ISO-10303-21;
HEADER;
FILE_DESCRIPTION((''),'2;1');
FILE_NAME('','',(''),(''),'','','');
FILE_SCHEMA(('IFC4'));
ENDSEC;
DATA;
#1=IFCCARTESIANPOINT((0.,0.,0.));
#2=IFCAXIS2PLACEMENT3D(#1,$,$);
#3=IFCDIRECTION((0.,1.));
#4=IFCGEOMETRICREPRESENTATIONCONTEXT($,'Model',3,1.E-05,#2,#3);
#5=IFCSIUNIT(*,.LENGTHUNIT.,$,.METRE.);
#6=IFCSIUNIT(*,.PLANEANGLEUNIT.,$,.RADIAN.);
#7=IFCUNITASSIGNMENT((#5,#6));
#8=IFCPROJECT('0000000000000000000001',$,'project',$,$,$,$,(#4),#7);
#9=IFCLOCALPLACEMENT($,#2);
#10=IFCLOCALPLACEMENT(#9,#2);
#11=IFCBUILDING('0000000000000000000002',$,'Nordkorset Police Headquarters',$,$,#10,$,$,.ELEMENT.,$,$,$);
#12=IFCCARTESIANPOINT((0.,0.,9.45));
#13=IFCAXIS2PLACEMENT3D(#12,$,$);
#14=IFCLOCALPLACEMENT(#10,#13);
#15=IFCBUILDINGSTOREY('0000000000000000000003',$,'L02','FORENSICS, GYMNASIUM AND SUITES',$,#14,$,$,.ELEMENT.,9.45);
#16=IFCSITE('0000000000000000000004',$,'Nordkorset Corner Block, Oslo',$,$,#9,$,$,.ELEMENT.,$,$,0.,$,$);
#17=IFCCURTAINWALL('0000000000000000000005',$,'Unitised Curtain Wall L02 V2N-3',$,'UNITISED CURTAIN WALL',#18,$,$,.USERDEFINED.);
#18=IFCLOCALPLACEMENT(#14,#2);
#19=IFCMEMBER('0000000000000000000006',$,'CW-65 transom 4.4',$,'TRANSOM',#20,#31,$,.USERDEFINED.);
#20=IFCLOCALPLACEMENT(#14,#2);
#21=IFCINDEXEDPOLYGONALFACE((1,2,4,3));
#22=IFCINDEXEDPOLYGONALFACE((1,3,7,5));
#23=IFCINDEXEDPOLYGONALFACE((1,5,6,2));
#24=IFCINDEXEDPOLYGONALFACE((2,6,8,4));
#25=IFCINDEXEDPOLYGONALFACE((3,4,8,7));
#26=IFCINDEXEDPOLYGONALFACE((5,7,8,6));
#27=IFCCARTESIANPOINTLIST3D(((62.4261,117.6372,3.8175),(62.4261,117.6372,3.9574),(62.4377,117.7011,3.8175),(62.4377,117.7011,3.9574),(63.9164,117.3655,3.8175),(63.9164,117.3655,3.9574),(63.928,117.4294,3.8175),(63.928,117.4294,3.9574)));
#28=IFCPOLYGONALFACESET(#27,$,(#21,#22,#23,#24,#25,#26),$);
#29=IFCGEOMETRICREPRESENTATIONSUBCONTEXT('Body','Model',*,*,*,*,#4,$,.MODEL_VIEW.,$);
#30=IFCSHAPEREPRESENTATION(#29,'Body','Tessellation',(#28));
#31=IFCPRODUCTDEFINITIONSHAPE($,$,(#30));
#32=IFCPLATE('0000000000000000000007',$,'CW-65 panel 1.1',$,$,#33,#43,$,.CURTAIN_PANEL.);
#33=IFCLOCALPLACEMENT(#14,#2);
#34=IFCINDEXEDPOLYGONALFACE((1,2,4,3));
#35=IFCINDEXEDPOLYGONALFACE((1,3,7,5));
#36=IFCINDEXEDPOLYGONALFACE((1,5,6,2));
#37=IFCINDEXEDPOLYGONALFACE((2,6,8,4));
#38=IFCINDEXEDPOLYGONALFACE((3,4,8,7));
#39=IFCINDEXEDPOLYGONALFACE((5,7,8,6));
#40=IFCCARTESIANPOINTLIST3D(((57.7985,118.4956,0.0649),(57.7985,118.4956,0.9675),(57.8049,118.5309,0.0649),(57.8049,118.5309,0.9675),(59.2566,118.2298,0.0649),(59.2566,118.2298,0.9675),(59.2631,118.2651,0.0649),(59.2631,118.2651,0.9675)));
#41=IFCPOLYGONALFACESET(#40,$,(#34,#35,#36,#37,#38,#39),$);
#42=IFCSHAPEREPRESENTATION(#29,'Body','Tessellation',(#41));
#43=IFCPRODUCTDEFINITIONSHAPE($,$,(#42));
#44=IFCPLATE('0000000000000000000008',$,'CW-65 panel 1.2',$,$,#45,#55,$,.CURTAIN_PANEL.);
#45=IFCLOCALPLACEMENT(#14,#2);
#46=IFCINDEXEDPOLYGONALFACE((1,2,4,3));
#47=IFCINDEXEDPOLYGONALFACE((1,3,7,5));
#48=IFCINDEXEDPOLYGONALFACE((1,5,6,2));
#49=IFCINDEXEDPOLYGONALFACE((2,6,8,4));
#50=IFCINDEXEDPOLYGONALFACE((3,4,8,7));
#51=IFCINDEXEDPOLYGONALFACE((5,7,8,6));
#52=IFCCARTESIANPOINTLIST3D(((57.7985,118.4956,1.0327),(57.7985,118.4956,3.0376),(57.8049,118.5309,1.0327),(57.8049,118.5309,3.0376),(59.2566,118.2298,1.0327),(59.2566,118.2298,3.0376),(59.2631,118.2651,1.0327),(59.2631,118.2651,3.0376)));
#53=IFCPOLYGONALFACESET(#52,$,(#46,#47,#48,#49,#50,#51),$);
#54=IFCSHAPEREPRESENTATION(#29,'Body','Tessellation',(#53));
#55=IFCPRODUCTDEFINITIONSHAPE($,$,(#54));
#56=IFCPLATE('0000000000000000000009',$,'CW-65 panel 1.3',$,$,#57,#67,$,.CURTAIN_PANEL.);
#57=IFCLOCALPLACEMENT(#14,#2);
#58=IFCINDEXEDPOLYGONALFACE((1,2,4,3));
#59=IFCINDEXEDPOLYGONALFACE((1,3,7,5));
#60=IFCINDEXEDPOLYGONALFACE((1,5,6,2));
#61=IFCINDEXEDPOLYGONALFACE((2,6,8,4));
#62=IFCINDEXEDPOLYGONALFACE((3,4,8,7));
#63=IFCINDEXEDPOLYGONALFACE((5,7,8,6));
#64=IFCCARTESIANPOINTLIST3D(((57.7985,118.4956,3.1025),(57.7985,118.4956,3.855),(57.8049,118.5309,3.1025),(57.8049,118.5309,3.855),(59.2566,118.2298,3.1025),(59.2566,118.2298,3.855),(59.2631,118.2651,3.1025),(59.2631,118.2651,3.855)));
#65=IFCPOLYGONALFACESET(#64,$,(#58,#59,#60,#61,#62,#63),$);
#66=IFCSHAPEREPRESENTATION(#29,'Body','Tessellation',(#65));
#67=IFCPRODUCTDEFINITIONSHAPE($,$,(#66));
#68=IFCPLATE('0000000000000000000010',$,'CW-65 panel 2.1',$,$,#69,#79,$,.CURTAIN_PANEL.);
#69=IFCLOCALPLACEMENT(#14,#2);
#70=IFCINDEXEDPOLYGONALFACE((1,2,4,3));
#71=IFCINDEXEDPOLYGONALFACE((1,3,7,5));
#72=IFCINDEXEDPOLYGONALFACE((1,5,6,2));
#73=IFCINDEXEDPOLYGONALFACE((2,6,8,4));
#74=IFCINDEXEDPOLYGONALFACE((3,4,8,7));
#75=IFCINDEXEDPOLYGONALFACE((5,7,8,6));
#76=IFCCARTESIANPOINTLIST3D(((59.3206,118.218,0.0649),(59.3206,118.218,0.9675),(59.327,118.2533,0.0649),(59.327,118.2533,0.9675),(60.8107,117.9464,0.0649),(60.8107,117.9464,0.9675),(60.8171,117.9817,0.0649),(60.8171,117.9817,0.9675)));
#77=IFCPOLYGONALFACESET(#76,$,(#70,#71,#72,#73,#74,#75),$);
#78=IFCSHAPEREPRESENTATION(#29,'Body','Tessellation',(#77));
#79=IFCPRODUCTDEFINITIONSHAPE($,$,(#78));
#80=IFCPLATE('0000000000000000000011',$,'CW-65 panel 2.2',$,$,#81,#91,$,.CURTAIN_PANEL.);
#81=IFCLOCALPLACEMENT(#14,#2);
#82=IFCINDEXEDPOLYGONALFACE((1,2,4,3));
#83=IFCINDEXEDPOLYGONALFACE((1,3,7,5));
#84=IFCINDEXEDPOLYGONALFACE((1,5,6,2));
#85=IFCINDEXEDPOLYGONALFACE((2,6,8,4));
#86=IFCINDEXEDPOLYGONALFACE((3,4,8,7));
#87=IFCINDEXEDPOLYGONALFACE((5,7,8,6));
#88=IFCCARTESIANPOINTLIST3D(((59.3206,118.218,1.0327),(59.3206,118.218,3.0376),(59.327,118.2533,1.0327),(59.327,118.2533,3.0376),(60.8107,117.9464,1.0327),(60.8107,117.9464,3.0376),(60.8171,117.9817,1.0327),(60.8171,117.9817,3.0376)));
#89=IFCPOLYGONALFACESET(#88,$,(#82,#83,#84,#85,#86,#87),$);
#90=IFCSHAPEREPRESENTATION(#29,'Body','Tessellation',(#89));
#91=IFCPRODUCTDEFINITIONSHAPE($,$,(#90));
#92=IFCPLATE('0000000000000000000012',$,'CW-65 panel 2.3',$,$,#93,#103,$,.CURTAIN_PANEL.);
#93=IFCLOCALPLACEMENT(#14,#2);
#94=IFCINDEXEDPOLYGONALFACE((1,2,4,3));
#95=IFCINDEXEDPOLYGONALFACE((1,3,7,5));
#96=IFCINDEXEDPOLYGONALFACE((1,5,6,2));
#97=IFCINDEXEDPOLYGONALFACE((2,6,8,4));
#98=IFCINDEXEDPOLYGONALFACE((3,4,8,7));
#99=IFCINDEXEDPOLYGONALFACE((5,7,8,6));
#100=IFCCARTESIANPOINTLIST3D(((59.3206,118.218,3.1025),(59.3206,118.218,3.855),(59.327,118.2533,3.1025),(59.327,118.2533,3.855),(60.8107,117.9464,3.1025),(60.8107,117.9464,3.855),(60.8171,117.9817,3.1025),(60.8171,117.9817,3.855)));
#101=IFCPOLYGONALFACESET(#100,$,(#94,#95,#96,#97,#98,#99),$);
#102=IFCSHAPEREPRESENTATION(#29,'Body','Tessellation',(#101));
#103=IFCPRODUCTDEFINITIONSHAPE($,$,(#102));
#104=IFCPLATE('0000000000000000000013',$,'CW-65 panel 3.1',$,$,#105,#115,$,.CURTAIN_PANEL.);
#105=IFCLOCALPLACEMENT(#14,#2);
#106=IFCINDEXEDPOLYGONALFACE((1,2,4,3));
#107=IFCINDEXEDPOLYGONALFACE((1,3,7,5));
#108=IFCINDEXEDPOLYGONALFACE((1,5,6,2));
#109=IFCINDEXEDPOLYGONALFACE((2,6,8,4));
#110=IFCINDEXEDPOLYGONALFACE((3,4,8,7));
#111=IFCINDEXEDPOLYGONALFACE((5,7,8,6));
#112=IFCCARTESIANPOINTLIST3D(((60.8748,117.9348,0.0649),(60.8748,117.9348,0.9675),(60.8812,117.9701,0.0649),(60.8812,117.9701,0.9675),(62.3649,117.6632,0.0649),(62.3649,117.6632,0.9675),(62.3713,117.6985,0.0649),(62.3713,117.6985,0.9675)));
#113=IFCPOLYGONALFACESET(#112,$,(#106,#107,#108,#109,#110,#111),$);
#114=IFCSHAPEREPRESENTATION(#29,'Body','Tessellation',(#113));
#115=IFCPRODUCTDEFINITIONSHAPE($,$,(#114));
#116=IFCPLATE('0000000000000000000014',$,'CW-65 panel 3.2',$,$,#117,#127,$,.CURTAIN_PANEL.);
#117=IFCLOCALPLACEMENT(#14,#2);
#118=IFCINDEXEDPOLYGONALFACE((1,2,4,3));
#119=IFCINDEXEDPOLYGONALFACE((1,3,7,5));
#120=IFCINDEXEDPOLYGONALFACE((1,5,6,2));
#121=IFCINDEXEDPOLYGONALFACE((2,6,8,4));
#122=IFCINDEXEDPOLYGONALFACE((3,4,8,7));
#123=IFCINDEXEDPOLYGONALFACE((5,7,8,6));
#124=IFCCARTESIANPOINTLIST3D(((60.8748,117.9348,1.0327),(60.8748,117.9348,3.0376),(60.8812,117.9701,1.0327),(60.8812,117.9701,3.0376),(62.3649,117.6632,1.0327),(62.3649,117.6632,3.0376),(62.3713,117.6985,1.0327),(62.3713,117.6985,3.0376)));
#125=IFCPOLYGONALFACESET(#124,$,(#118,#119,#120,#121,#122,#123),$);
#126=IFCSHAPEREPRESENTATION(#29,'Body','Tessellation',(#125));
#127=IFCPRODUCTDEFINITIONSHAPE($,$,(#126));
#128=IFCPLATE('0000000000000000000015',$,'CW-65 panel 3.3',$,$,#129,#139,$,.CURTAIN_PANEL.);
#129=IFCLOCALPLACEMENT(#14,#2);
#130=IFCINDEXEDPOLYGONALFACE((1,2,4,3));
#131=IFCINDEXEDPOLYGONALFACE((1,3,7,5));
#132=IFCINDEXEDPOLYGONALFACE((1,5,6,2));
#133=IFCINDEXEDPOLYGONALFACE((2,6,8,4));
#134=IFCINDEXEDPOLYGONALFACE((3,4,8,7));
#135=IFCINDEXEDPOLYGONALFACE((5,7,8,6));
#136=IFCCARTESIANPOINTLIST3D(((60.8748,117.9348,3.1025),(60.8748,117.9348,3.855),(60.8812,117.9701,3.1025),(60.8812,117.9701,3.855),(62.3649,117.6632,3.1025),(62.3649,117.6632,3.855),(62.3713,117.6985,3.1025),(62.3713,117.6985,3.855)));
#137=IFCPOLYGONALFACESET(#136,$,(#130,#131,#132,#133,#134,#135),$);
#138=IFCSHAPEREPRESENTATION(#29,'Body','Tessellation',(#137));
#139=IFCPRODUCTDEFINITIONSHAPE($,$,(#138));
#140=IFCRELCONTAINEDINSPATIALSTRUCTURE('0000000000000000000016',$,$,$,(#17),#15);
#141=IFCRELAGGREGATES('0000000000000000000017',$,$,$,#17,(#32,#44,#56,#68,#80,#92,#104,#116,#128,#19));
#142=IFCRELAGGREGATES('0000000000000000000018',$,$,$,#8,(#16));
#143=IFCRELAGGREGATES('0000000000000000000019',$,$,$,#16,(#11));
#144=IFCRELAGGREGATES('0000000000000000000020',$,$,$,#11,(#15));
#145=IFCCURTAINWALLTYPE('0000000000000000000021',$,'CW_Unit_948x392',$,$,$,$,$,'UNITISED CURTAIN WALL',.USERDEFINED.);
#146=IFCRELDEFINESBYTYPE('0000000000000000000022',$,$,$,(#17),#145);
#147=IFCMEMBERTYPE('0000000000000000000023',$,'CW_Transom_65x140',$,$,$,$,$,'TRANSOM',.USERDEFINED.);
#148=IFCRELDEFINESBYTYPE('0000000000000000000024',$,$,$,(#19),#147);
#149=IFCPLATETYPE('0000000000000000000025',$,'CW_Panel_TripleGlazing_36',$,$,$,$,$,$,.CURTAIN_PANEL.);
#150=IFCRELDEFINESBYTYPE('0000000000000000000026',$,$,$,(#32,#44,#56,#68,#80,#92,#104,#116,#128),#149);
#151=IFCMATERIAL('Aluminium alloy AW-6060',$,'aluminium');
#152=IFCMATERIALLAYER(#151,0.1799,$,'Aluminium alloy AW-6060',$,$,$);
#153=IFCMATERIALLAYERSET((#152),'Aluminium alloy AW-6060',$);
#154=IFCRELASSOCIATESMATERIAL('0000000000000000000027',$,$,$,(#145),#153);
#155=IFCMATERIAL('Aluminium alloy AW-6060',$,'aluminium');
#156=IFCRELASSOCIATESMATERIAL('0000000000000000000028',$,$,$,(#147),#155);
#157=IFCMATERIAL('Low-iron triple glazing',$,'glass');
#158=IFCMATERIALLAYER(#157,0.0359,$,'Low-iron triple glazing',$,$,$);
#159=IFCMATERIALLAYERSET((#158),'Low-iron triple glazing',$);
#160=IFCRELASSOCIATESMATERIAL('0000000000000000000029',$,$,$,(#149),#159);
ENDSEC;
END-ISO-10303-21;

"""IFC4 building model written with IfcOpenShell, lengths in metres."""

from ifc_helpers import new_model, si_unit, direction, frame, origin, origin_2d, place, context, subcontext, project, spatial, rectangle, extrude, material, layer, layer_set, material_profile, profile_set, type_object, element, aggregate, save


model = new_model("IFC4")

# Units and contexts
model_context = context("Model", 3, precision=1e-05, world=origin(), true_north=direction((0.0, 1.0)))
body_context = subcontext(model_context, "Body", "Model", "MODEL_VIEW")
ifc_project = project(units=[si_unit("LENGTHUNIT", "METRE"), si_unit("PLANEANGLEUNIT", "RADIAN")], contexts=[model_context])

# Site, building, storey
site_placement = place(None, origin())
site = spatial("IfcSite", under=ifc_project, at=site_placement, Name="Nordkorset Corner Block, Oslo", CompositionType="ELEMENT", RefElevation=0.0)
building_placement = place(site_placement, origin())
building = spatial("IfcBuilding", under=site, at=building_placement, Name="Nordkorset Police Headquarters", CompositionType="ELEMENT")
storey_placement = place(building_placement, frame((0.0, 0.0, 9.45)))
storey = spatial("IfcBuildingStorey", under=building, at=storey_placement, Name="L02", Description="FORENSICS, GYMNASIUM AND SUITES", CompositionType="ELEMENT", Elevation=9.45)

# Curtain wall, member, plates
ifc_material_1 = material(Name="Aluminium alloy AW-6060", Category="aluminium")
ifc_layer_1 = layer(ifc_material_1, 0.1799, Name="Aluminium alloy AW-6060")
ifc_layer_set_1 = layer_set([ifc_layer_1], Name="Aluminium alloy AW-6060")
curtain_wall_type = type_object("IfcCurtainWallType", Name="CW_Unit_948x392", ElementType="UNITISED CURTAIN WALL", PredefinedType="USERDEFINED", material=ifc_layer_set_1)
curtain_wall_placement = place(storey_placement, origin())
curtain_wall = element("IfcCurtainWall", 1, at=curtain_wall_placement, inside=storey, type_object=curtain_wall_type, Name="Unitised Curtain Wall L02 V2N-3", ObjectType="UNITISED CURTAIN WALL", PredefinedType="USERDEFINED")
ifc_material_2 = material(Name="Aluminium alloy AW-6060", Category="aluminium")
ifc_material_profile_1 = material_profile(ifc_material_2, rectangle(XDim=0.0649, YDim=0.1399, at=origin_2d()), Name="ALU TRAN 65x140")
ifc_profile_set_1 = profile_set([ifc_material_profile_1], Name="Aluminium alloy AW-6060")
member_type_1 = type_object("IfcMemberType", Name="CW_Transom_65x140", ElementType="TRANSOM", PredefinedType="USERDEFINED", material=ifc_profile_set_1)
member_1_placement = place(storey_placement, frame((62.4319, 117.6692, 3.8875), z_axis=(0.98378, -0.179382, 0.0), x_axis=(0.179382, 0.98378, 0.0)))
member_1 = element("IfcMember", 2, at=member_1_placement, type_object=member_type_1, Name="CW-65 transom 4.4", ObjectType="TRANSOM", PredefinedType="USERDEFINED", context=body_context, shape_type="SweptSolid", body=[
    extrude(rectangle(XDim=0.0649, YDim=0.1399, at=origin_2d()), origin(), (0.0, 0.0, 1.0), 1.5149),
])
ifc_material_3 = material(Name="Low-iron triple glazing", Category="glass")
ifc_layer_2 = layer(ifc_material_3, 0.0359, Name="Low-iron triple glazing")
ifc_layer_set_2 = layer_set([ifc_layer_2], Name="Low-iron triple glazing")
plate_type = type_object("IfcPlateType", Name="CW_Panel_TripleGlazing_36", PredefinedType="CURTAIN_PANEL", material=ifc_layer_set_2)
plate_1_placement = place(storey_placement, frame((58.5308, 118.3804, 0.0649), z_axis=(0.0, 0.0, 1.0), x_axis=(0.983788, -0.179336, 0.0)))
plate_1 = element("IfcPlate", 3, at=plate_1_placement, type_object=plate_type, Name="CW-65 panel 1.1", PredefinedType="CURTAIN_PANEL", context=body_context, shape_type="SweptSolid", body=[
    extrude(rectangle(XDim=1.4822, YDim=0.0359, at=origin_2d()), origin(), (0.0, 0.0, 1.0), 0.9026),
])
plate_2_placement = place(storey_placement, frame((58.5308, 118.3804, 1.0327), z_axis=(0.0, 0.0, 1.0), x_axis=(0.983788, -0.179336, 0.0)))
plate_2 = element("IfcPlate", 4, at=plate_2_placement, type_object=plate_type, Name="CW-65 panel 1.2", PredefinedType="CURTAIN_PANEL", context=body_context, shape_type="SweptSolid", body=[
    extrude(rectangle(XDim=1.4822, YDim=0.0359, at=origin_2d()), origin(), (0.0, 0.0, 1.0), 2.0049),
])
plate_3_placement = place(storey_placement, frame((58.5308, 118.3804, 3.1025), z_axis=(0.0, 0.0, 1.0), x_axis=(0.983788, -0.179336, 0.0)))
plate_3 = element("IfcPlate", 5, at=plate_3_placement, type_object=plate_type, Name="CW-65 panel 1.3", PredefinedType="CURTAIN_PANEL", context=body_context, shape_type="SweptSolid", body=[
    extrude(rectangle(XDim=1.4822, YDim=0.0359, at=origin_2d()), origin(), (0.0, 0.0, 1.0), 0.7524),
])
plate_4_placement = place(storey_placement, frame((60.0688, 118.0999, 0.0649), z_axis=(0.0, 0.0, 1.0), x_axis=(0.983788, -0.179336, 0.0)))
plate_4 = element("IfcPlate", 6, at=plate_4_placement, type_object=plate_type, Name="CW-65 panel 2.1", PredefinedType="CURTAIN_PANEL", context=body_context, shape_type="SweptSolid", body=[
    extrude(rectangle(XDim=1.5146, YDim=0.0359, at=origin_2d()), origin(), (0.0, 0.0, 1.0), 0.9026),
])
plate_5_placement = place(storey_placement, frame((60.0688, 118.0999, 1.0327), z_axis=(0.0, 0.0, 1.0), x_axis=(0.983788, -0.179336, 0.0)))
plate_5 = element("IfcPlate", 7, at=plate_5_placement, type_object=plate_type, Name="CW-65 panel 2.2", PredefinedType="CURTAIN_PANEL", context=body_context, shape_type="SweptSolid", body=[
    extrude(rectangle(XDim=1.5146, YDim=0.0359, at=origin_2d()), origin(), (0.0, 0.0, 1.0), 2.0049),
])
plate_6_placement = place(storey_placement, frame((60.0688, 118.0999, 3.1025), z_axis=(0.0, 0.0, 1.0), x_axis=(0.983788, -0.179336, 0.0)))
plate_6 = element("IfcPlate", 8, at=plate_6_placement, type_object=plate_type, Name="CW-65 panel 2.3", PredefinedType="CURTAIN_PANEL", context=body_context, shape_type="SweptSolid", body=[
    extrude(rectangle(XDim=1.5146, YDim=0.0359, at=origin_2d()), origin(), (0.0, 0.0, 1.0), 0.7524),
])
plate_7_placement = place(storey_placement, frame((61.623, 117.8167, 0.0649), z_axis=(0.0, 0.0, 1.0), x_axis=(0.983788, -0.179336, 0.0)))
plate_7 = element("IfcPlate", 9, at=plate_7_placement, type_object=plate_type, Name="CW-65 panel 3.1", PredefinedType="CURTAIN_PANEL", context=body_context, shape_type="SweptSolid", body=[
    extrude(rectangle(XDim=1.5146, YDim=0.0359, at=origin_2d()), origin(), (0.0, 0.0, 1.0), 0.9026),
])
plate_8_placement = place(storey_placement, frame((61.623, 117.8167, 1.0327), z_axis=(0.0, 0.0, 1.0), x_axis=(0.983788, -0.179336, 0.0)))
plate_8 = element("IfcPlate", 10, at=plate_8_placement, type_object=plate_type, Name="CW-65 panel 3.2", PredefinedType="CURTAIN_PANEL", context=body_context, shape_type="SweptSolid", body=[
    extrude(rectangle(XDim=1.5146, YDim=0.0359, at=origin_2d()), origin(), (0.0, 0.0, 1.0), 2.0049),
])
plate_9_placement = place(storey_placement, frame((61.623, 117.8167, 3.1025), z_axis=(0.0, 0.0, 1.0), x_axis=(0.983788, -0.179336, 0.0)))
plate_9 = element("IfcPlate", 11, at=plate_9_placement, type_object=plate_type, Name="CW-65 panel 3.3", PredefinedType="CURTAIN_PANEL", context=body_context, shape_type="SweptSolid", body=[
    extrude(rectangle(XDim=1.5146, YDim=0.0359, at=origin_2d()), origin(), (0.0, 0.0, 1.0), 0.7524),
])
aggregate(curtain_wall, [plate_1, plate_2, plate_3, plate_4, plate_5, plate_6, plate_7, plate_8, plate_9, member_1])

save(model, "model.ifc")
